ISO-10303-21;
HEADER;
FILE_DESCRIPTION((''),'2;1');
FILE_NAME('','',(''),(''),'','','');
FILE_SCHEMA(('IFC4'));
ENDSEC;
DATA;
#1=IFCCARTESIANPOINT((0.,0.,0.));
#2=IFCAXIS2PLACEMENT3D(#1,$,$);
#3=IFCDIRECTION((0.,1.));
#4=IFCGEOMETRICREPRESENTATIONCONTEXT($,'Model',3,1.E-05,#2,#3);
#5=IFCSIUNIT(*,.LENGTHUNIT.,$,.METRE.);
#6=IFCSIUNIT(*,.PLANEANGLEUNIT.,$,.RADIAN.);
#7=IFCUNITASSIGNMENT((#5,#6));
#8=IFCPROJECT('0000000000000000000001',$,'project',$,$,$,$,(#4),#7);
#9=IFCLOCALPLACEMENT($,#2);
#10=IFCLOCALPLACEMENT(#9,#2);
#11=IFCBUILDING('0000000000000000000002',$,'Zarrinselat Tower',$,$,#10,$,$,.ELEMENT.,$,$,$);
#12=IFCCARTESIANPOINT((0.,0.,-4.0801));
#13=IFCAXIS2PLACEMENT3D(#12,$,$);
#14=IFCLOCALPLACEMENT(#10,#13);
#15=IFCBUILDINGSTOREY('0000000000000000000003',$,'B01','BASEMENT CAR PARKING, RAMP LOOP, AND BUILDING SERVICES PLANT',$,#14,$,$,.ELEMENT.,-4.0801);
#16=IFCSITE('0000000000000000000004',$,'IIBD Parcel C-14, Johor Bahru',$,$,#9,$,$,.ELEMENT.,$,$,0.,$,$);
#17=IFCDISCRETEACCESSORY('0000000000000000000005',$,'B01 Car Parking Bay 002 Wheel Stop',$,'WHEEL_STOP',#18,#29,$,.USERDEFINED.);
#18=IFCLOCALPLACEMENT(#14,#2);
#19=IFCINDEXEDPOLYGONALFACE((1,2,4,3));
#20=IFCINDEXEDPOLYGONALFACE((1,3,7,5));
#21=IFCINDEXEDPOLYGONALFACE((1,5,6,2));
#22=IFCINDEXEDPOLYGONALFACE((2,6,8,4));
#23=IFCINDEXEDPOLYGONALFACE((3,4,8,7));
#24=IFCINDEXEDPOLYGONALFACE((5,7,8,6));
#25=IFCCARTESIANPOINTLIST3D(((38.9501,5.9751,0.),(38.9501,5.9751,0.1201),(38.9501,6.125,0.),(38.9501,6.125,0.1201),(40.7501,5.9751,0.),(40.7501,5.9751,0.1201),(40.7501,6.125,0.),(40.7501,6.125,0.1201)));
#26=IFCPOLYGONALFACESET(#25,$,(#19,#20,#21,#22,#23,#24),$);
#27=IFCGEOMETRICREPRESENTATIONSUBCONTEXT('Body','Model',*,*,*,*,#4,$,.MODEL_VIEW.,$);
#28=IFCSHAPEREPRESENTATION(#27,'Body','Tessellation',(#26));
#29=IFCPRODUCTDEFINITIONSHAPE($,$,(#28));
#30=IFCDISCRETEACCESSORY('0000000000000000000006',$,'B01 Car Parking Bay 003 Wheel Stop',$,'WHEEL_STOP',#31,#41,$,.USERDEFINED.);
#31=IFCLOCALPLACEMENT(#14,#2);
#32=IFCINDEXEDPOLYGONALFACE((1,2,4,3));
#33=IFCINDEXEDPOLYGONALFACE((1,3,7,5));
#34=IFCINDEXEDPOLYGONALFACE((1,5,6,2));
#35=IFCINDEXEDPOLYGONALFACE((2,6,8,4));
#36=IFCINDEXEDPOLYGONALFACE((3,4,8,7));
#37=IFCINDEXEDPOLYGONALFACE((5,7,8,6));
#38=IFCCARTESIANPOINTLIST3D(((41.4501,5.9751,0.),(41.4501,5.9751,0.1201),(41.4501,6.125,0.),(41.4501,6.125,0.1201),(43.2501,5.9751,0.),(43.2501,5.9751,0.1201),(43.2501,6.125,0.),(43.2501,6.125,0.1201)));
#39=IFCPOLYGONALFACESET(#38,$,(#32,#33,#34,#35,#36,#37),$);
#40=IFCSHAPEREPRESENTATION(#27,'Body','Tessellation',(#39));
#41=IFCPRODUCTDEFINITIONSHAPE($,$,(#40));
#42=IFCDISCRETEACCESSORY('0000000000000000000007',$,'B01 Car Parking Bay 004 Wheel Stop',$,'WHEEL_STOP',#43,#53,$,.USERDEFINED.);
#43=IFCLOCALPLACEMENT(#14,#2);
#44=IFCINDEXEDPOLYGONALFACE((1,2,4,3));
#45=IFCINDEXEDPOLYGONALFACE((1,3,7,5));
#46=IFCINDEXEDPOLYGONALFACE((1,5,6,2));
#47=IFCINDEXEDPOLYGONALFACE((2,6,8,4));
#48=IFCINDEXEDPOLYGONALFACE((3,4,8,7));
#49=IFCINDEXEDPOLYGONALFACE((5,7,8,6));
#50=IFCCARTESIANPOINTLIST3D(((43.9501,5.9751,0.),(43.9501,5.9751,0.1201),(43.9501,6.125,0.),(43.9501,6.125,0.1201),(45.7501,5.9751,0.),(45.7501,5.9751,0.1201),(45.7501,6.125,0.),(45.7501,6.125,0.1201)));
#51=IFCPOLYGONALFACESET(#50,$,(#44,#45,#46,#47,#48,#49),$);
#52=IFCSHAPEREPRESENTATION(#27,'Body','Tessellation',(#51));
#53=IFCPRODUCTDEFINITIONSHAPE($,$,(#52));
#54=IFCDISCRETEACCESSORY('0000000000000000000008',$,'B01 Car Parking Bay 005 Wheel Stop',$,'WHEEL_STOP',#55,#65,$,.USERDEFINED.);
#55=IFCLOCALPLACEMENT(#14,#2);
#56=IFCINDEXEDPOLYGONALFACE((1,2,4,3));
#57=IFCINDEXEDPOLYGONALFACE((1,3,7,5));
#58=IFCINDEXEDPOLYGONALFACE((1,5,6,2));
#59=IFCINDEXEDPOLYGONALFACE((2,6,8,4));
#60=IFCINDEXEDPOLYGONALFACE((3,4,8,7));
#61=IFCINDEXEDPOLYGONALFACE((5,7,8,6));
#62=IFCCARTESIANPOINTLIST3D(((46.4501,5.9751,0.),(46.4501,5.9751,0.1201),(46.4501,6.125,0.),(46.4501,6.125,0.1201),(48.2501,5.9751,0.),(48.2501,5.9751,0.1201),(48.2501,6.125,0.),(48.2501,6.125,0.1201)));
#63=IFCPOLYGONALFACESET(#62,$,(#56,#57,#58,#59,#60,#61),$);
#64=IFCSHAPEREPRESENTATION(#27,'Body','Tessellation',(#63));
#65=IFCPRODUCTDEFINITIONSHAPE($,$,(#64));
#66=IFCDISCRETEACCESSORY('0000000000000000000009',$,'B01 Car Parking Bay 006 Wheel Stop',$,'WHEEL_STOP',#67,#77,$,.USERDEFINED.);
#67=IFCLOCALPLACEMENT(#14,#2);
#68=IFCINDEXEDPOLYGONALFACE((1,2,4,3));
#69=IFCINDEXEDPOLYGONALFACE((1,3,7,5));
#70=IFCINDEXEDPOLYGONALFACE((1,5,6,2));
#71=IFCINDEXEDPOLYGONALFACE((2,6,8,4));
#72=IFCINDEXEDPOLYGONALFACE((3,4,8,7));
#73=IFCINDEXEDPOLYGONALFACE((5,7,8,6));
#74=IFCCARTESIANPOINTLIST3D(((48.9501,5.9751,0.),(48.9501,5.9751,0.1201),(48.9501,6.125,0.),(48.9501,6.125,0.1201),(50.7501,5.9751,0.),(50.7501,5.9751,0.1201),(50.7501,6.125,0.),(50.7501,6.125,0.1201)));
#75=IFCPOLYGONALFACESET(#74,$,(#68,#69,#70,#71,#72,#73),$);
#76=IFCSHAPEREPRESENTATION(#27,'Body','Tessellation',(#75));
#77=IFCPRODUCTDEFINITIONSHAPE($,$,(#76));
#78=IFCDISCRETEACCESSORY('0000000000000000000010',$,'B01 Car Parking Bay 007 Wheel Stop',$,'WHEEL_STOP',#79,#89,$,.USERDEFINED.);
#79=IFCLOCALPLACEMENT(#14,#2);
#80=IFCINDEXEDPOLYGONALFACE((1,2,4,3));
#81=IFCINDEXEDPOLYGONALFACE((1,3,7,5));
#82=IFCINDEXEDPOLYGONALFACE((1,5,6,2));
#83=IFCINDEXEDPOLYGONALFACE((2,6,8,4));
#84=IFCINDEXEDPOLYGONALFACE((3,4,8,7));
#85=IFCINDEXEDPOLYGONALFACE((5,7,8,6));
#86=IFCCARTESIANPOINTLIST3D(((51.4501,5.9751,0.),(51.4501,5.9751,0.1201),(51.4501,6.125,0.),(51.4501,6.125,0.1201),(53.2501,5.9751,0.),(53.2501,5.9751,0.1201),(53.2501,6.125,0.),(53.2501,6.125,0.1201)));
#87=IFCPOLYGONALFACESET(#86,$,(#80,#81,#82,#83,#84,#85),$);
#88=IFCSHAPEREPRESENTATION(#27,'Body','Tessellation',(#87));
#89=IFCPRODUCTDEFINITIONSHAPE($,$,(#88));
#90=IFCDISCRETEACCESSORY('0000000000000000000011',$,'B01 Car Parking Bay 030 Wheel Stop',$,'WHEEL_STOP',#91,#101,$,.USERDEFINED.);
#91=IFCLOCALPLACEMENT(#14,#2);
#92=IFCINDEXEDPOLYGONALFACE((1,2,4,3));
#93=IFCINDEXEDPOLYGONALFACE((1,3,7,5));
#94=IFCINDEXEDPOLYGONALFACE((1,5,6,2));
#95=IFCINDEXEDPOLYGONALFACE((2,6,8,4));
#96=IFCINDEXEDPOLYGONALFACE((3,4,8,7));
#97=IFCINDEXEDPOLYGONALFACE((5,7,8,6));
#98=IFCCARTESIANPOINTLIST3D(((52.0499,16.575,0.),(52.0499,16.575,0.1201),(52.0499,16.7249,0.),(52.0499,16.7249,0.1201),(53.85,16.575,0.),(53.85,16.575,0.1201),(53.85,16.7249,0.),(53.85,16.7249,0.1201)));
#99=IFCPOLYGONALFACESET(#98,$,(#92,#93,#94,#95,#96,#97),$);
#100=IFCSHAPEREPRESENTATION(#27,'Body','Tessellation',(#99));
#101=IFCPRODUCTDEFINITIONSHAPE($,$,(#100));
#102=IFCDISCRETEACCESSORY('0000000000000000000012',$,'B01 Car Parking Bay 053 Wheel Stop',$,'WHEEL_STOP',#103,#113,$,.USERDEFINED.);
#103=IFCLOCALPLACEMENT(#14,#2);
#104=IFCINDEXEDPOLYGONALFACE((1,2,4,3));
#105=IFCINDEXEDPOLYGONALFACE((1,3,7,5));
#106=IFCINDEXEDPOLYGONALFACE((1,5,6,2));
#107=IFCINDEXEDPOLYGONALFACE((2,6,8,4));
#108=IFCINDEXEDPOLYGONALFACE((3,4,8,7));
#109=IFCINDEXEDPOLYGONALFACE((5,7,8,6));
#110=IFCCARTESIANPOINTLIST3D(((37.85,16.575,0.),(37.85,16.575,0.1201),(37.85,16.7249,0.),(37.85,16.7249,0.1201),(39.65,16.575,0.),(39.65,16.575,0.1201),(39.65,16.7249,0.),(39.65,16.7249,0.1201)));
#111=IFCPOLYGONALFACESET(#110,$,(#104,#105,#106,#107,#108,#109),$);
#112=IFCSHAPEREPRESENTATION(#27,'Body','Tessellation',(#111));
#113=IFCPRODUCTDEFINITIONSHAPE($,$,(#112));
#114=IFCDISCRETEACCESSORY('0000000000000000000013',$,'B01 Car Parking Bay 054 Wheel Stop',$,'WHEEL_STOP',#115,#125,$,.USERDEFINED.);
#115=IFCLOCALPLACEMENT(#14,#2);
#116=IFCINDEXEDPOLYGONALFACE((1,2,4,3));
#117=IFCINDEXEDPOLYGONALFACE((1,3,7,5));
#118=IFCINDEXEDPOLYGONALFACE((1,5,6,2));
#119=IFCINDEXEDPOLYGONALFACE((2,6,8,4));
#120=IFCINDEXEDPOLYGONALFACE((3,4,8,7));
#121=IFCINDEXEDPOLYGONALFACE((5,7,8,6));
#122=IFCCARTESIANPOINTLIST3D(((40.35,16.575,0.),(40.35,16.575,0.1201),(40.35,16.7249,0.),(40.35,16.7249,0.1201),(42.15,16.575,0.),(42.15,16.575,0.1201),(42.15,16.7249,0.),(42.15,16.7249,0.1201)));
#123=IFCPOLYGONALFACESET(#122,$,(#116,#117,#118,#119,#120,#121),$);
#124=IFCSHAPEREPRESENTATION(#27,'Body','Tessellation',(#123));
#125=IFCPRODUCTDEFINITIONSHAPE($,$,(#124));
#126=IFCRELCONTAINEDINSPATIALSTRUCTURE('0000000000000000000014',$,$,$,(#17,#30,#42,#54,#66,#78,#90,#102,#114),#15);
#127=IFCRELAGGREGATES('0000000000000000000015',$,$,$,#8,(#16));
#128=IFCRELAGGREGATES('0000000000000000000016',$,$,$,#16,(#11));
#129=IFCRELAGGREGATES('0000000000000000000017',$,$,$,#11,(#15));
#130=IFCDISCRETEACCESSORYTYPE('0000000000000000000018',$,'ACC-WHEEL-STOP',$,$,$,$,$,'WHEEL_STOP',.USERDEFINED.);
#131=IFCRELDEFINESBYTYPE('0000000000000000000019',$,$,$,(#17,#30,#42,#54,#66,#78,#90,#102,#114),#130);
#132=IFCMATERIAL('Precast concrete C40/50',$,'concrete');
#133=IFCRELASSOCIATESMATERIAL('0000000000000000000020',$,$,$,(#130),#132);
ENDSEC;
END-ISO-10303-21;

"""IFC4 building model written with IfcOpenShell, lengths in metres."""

from ifc_helpers import new_model, si_unit, direction, frame, origin, origin_2d, place, context, subcontext, project, spatial, rectangle, extrude, material, type_object, element, save


model = new_model("IFC4")

# Units and contexts
model_context = context("Model", 3, precision=1e-05, world=origin(), true_north=direction((0.0, 1.0)))
body_context = subcontext(model_context, "Body", "Model", "MODEL_VIEW")
ifc_project = project(units=[si_unit("LENGTHUNIT", "METRE"), si_unit("PLANEANGLEUNIT", "RADIAN")], contexts=[model_context])

# Site, building, storey
site_placement = place(None, origin())
site = spatial("IfcSite", under=ifc_project, at=site_placement, Name="IIBD Parcel C-14, Johor Bahru", CompositionType="ELEMENT", RefElevation=0.0)
building_placement = place(site_placement, origin())
building = spatial("IfcBuilding", under=site, at=building_placement, Name="Zarrinselat Tower", CompositionType="ELEMENT")
storey_placement = place(building_placement, frame((0.0, 0.0, -4.0801)))
storey = spatial("IfcBuildingStorey", under=building, at=storey_placement, Name="B01", Description="BASEMENT CAR PARKING, RAMP LOOP, AND BUILDING SERVICES PLANT", CompositionType="ELEMENT", Elevation=-4.0801)

# Discrete accessories
ifc_material_1 = material(Name="Precast concrete C40/50", Category="concrete")
discrete_accessory_type = type_object("IfcDiscreteAccessoryType", Name="ACC-WHEEL-STOP", ElementType="WHEEL_STOP", PredefinedType="USERDEFINED", material=ifc_material_1)
for number, where, z_axis, x_axis, name in (
    (1, (39.8501, 6.05, 0.0), (0.0, 0.0, 1.0), (1.0, 0.0, 0.0), "B01 Car Parking Bay 002 Wheel Stop"),
    (2, (42.3501, 6.05, 0.0), (0.0, 0.0, 1.0), (1.0, 0.0, 0.0), "B01 Car Parking Bay 003 Wheel Stop"),
    (3, (44.8501, 6.05, 0.0), (0.0, 0.0, 1.0), (1.0, 0.0, 0.0), "B01 Car Parking Bay 004 Wheel Stop"),
    (4, (47.3501, 6.05, 0.0), (0.0, 0.0, 1.0), (1.0, 0.0, 0.0), "B01 Car Parking Bay 005 Wheel Stop"),
    (5, (49.8501, 6.05, 0.0), (0.0, 0.0, 1.0), (1.0, 0.0, 0.0), "B01 Car Parking Bay 006 Wheel Stop"),
    (6, (52.3501, 6.05, 0.0), (0.0, 0.0, 1.0), (1.0, 0.0, 0.0), "B01 Car Parking Bay 007 Wheel Stop"),
    (7, (52.95, 16.6499, 0.0), (0.0, 0.0, 1.0), (1.0, 0.0, 0.0), "B01 Car Parking Bay 030 Wheel Stop"),
    (8, (38.75, 16.6499, 0.0), (0.0, 0.0, 1.0), (1.0, 0.0, 0.0), "B01 Car Parking Bay 053 Wheel Stop"),
    (9, (41.25, 16.6499, 0.0), (0.0, 0.0, 1.0), (1.0, 0.0, 0.0), "B01 Car Parking Bay 054 Wheel Stop"),
):
    element("IfcDiscreteAccessory", number, at=place(storey_placement, frame(where, z_axis=z_axis, x_axis=x_axis)), inside=storey, type_object=discrete_accessory_type, Name=name, ObjectType="WHEEL_STOP", PredefinedType="USERDEFINED", context=body_context, shape_type="SweptSolid", body=[
        extrude(rectangle(XDim=1.8, YDim=0.1499, at=origin_2d()), origin(), (0.0, 0.0, 1.0), 0.1201),
    ])

save(model, "model.ifc")
